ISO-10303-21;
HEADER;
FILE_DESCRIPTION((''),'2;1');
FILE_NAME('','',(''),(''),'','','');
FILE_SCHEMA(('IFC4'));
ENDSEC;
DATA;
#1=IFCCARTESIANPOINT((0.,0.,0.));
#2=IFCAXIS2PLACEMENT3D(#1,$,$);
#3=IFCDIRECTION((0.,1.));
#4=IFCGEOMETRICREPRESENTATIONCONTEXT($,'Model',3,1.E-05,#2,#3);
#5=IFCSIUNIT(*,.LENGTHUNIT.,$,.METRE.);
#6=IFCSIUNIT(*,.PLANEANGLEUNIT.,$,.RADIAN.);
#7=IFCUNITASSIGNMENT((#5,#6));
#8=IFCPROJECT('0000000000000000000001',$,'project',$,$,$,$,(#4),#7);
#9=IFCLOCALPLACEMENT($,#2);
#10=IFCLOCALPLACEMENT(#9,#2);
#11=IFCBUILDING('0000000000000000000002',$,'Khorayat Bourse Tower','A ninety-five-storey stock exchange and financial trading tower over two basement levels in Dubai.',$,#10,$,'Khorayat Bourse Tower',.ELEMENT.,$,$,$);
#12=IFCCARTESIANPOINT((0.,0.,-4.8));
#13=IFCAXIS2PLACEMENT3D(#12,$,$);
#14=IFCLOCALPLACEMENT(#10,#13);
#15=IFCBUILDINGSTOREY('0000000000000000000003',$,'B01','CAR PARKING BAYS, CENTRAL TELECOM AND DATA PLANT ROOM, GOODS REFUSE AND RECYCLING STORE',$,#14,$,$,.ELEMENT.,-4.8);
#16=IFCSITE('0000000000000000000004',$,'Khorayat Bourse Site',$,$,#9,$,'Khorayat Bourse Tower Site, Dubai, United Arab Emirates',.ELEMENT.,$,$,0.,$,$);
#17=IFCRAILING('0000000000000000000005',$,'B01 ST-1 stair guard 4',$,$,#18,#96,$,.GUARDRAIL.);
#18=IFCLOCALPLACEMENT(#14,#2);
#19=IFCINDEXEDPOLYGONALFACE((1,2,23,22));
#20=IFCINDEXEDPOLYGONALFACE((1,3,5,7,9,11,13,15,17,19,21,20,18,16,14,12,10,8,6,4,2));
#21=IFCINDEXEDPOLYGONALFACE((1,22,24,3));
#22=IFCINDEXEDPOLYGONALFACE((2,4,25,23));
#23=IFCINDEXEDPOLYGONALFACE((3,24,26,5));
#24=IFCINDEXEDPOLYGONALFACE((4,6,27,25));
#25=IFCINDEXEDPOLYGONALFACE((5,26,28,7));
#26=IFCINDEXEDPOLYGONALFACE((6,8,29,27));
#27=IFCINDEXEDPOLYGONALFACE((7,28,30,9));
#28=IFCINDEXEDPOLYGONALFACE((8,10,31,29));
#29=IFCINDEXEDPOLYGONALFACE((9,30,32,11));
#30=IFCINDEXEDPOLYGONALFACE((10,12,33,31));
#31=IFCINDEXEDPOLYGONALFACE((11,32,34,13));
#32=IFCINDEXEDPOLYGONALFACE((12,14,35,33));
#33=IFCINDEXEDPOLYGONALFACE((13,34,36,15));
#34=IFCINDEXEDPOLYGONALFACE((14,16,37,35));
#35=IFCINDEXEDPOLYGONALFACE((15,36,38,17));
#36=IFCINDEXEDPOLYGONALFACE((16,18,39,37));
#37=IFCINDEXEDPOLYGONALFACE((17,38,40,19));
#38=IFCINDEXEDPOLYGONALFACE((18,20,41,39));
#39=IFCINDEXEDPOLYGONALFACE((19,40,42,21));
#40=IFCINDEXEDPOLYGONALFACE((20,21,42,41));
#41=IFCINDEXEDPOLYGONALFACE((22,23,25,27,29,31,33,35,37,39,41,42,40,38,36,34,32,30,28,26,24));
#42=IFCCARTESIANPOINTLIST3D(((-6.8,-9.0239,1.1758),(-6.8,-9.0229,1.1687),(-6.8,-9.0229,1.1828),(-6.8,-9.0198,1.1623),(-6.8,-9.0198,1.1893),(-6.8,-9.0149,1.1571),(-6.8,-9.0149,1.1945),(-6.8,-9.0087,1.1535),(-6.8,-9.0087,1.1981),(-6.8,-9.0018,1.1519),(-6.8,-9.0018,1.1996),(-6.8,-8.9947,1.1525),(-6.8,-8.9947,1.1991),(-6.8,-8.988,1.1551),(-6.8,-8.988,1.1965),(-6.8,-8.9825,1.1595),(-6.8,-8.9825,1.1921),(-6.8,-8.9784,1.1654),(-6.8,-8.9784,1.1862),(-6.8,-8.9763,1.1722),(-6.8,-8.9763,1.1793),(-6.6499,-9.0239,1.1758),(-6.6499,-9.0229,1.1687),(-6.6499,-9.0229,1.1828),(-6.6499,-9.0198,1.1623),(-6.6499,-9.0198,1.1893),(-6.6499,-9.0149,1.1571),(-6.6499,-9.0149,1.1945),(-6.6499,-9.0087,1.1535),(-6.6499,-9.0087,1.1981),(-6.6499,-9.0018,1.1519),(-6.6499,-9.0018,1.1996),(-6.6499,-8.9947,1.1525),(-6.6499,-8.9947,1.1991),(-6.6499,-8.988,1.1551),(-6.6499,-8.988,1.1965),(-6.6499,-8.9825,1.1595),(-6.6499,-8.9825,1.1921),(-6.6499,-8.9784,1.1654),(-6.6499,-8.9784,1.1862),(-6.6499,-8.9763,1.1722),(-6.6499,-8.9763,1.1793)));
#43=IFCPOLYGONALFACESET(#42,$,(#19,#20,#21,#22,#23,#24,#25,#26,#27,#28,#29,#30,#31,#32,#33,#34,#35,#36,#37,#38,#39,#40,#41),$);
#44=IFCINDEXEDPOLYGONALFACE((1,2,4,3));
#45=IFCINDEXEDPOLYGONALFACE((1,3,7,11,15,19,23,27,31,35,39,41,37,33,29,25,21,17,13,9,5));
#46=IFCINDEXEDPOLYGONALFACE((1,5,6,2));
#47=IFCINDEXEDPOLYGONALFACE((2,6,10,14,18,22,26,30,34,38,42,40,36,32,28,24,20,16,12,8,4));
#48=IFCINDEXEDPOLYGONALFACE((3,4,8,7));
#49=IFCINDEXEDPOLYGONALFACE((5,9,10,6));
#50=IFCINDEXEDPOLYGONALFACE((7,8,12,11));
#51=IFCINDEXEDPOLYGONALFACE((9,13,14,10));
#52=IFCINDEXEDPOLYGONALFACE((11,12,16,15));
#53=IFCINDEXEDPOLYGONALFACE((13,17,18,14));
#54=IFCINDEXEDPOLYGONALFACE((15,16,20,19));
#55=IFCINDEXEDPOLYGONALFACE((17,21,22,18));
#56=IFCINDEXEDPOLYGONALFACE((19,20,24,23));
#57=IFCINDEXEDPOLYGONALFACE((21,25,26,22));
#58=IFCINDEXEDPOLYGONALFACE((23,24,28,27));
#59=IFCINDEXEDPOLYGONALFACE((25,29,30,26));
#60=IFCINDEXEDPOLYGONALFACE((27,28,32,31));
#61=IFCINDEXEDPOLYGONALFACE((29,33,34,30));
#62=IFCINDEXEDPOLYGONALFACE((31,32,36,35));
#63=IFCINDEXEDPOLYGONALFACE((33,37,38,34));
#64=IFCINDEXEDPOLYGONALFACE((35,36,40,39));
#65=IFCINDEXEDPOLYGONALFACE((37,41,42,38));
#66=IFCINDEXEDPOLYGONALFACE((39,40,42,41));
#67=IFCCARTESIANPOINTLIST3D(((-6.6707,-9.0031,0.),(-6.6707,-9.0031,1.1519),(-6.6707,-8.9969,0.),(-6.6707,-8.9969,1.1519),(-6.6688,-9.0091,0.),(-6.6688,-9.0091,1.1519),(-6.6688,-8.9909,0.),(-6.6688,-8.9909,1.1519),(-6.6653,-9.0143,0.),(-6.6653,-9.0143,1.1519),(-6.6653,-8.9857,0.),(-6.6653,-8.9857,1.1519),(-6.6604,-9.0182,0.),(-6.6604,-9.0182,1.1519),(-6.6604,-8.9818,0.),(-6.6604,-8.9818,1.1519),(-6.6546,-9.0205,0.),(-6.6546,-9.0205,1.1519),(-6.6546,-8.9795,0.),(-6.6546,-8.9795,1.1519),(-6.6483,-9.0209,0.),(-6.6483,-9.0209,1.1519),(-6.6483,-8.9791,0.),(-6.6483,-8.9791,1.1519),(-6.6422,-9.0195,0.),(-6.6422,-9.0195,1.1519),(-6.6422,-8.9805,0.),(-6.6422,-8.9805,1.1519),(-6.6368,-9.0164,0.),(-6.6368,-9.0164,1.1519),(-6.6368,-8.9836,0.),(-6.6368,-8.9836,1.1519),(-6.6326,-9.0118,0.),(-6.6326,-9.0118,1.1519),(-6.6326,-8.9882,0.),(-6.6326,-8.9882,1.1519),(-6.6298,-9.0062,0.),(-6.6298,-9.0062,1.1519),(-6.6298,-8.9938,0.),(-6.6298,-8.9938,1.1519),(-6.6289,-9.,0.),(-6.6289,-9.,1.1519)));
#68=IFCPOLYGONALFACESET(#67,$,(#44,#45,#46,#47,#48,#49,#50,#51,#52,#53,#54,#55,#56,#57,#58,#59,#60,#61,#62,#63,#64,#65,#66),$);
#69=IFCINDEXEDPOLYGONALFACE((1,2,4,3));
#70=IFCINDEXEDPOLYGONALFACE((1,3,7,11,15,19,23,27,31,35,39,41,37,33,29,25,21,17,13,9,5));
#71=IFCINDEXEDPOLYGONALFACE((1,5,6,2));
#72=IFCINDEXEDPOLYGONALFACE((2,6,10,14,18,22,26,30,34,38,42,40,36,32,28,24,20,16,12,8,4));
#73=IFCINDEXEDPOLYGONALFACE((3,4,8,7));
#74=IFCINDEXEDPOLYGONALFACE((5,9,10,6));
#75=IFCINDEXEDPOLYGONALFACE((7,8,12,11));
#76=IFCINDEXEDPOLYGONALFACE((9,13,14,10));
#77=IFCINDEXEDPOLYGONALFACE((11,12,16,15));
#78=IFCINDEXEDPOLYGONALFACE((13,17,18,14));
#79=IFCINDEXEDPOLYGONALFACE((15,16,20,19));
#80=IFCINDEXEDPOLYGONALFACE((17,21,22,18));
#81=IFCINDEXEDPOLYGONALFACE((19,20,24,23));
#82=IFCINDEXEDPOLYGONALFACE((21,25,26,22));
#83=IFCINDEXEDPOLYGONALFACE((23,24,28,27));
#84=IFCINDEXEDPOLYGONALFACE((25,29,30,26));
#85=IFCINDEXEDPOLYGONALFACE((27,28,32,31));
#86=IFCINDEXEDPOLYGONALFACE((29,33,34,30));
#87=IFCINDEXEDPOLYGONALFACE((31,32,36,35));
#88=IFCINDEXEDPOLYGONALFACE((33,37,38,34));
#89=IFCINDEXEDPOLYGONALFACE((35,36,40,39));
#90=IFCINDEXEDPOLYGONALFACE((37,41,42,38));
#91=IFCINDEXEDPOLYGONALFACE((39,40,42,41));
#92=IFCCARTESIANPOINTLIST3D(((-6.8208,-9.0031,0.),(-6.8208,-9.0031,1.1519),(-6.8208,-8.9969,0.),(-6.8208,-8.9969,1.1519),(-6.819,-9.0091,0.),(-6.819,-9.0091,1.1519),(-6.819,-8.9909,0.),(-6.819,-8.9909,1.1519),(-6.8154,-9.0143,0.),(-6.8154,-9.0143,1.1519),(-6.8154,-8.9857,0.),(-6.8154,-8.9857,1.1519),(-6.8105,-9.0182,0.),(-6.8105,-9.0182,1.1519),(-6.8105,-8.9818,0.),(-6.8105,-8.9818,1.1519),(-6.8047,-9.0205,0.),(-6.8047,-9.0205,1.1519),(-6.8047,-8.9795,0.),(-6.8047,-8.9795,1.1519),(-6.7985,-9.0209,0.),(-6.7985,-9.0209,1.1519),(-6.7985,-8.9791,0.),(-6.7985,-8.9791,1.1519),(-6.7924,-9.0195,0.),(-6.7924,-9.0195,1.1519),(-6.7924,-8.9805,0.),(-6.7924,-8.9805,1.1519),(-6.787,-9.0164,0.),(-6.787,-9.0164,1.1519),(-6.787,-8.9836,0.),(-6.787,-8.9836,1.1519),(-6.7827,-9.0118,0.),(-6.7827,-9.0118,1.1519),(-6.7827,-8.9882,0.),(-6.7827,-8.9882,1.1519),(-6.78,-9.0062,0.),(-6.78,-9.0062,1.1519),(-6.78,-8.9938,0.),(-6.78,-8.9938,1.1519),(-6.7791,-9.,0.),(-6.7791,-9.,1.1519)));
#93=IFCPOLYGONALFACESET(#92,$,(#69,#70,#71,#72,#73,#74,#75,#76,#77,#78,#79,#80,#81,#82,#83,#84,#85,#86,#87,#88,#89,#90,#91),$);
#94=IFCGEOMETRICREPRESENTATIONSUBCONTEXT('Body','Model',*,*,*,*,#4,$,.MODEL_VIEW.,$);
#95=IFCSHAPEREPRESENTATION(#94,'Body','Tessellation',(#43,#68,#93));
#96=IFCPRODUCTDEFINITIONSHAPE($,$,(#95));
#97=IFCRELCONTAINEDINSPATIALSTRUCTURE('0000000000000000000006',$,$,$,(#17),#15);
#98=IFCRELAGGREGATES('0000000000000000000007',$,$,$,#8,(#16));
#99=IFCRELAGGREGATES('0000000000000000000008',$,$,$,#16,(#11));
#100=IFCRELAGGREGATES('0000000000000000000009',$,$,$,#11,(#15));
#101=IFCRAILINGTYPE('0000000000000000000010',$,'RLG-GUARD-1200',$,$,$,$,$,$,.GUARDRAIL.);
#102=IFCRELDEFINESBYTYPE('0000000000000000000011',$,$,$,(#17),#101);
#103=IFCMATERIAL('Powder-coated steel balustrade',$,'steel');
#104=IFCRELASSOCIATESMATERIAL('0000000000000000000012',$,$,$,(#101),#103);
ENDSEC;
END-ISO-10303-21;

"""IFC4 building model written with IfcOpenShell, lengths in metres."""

from ifc_helpers import new_model, si_unit, direction, frame, origin, origin_2d, place, context, subcontext, project, spatial, circle, extrude, source, transform, mapped, material, type_object, element, save


model = new_model("IFC4")

# Units and contexts
model_context = context("Model", 3, precision=1e-05, world=origin(), true_north=direction((0.0, 1.0)))
body_context = subcontext(model_context, "Body", "Model", "MODEL_VIEW")
ifc_project = project(units=[si_unit("LENGTHUNIT", "METRE"), si_unit("PLANEANGLEUNIT", "RADIAN")], contexts=[model_context])

# Site, building, storey
site_placement = place(None, origin())
site = spatial("IfcSite", under=ifc_project, at=site_placement, Name="Khorayat Bourse Site", LongName="Khorayat Bourse Tower Site, Dubai, United Arab Emirates", CompositionType="ELEMENT", RefElevation=0.0)
building_placement = place(site_placement, origin())
building = spatial("IfcBuilding", under=site, at=building_placement, Name="Khorayat Bourse Tower", Description="A ninety-five-storey stock exchange and financial trading tower over two basement levels in Dubai.", LongName="Khorayat Bourse Tower", CompositionType="ELEMENT")
storey_placement = place(building_placement, frame((0.0, 0.0, -4.8)))
storey = spatial("IfcBuildingStorey", under=building, at=storey_placement, Name="B01", Description="CAR PARKING BAYS, CENTRAL TELECOM AND DATA PLANT ROOM, GOODS REFUSE AND RECYCLING STORE", CompositionType="ELEMENT", Elevation=-4.8)

# Railing
ifc_material_1 = material(Name="Powder-coated steel balustrade", Category="steel")
railing_type_1 = type_object("IfcRailingType", Name="RLG-GUARD-1200", PredefinedType="GUARDRAIL", material=ifc_material_1)
shared_shape_1 = source(origin(), body_context, "Body", "SweptSolid", [
    extrude(circle(Radius=0.0239, at=origin_2d()), frame((0.0, 0.0, 1.1758), z_axis=(-1.0, 0.0, 0.0), x_axis=(0.0, -1.0, 0.0)), (0.0, 0.0, 1.0), 0.1501),
    extrude(circle(Radius=0.021, at=origin_2d()), origin(), (0.0, 0.0, 1.0), 1.1519),
    extrude(circle(Radius=0.021, at=origin_2d()), frame((-0.1501, 0.0, 0.0)), (0.0, 0.0, 1.0), 1.1519),
])
railing_1_placement = place(storey_placement, frame((-6.6499, -9.0, 0.0)))
element("IfcRailing", 1, at=railing_1_placement, inside=storey, type_object=railing_type_1, Name="B01 ST-1 stair guard 4", PredefinedType="GUARDRAIL", context=body_context, shape_type="MappedRepresentation", body=[
    mapped(shared_shape_1, transform((0.0, 0.0, 0.0), scale=1.0)),
])

save(model, "model.ifc")
